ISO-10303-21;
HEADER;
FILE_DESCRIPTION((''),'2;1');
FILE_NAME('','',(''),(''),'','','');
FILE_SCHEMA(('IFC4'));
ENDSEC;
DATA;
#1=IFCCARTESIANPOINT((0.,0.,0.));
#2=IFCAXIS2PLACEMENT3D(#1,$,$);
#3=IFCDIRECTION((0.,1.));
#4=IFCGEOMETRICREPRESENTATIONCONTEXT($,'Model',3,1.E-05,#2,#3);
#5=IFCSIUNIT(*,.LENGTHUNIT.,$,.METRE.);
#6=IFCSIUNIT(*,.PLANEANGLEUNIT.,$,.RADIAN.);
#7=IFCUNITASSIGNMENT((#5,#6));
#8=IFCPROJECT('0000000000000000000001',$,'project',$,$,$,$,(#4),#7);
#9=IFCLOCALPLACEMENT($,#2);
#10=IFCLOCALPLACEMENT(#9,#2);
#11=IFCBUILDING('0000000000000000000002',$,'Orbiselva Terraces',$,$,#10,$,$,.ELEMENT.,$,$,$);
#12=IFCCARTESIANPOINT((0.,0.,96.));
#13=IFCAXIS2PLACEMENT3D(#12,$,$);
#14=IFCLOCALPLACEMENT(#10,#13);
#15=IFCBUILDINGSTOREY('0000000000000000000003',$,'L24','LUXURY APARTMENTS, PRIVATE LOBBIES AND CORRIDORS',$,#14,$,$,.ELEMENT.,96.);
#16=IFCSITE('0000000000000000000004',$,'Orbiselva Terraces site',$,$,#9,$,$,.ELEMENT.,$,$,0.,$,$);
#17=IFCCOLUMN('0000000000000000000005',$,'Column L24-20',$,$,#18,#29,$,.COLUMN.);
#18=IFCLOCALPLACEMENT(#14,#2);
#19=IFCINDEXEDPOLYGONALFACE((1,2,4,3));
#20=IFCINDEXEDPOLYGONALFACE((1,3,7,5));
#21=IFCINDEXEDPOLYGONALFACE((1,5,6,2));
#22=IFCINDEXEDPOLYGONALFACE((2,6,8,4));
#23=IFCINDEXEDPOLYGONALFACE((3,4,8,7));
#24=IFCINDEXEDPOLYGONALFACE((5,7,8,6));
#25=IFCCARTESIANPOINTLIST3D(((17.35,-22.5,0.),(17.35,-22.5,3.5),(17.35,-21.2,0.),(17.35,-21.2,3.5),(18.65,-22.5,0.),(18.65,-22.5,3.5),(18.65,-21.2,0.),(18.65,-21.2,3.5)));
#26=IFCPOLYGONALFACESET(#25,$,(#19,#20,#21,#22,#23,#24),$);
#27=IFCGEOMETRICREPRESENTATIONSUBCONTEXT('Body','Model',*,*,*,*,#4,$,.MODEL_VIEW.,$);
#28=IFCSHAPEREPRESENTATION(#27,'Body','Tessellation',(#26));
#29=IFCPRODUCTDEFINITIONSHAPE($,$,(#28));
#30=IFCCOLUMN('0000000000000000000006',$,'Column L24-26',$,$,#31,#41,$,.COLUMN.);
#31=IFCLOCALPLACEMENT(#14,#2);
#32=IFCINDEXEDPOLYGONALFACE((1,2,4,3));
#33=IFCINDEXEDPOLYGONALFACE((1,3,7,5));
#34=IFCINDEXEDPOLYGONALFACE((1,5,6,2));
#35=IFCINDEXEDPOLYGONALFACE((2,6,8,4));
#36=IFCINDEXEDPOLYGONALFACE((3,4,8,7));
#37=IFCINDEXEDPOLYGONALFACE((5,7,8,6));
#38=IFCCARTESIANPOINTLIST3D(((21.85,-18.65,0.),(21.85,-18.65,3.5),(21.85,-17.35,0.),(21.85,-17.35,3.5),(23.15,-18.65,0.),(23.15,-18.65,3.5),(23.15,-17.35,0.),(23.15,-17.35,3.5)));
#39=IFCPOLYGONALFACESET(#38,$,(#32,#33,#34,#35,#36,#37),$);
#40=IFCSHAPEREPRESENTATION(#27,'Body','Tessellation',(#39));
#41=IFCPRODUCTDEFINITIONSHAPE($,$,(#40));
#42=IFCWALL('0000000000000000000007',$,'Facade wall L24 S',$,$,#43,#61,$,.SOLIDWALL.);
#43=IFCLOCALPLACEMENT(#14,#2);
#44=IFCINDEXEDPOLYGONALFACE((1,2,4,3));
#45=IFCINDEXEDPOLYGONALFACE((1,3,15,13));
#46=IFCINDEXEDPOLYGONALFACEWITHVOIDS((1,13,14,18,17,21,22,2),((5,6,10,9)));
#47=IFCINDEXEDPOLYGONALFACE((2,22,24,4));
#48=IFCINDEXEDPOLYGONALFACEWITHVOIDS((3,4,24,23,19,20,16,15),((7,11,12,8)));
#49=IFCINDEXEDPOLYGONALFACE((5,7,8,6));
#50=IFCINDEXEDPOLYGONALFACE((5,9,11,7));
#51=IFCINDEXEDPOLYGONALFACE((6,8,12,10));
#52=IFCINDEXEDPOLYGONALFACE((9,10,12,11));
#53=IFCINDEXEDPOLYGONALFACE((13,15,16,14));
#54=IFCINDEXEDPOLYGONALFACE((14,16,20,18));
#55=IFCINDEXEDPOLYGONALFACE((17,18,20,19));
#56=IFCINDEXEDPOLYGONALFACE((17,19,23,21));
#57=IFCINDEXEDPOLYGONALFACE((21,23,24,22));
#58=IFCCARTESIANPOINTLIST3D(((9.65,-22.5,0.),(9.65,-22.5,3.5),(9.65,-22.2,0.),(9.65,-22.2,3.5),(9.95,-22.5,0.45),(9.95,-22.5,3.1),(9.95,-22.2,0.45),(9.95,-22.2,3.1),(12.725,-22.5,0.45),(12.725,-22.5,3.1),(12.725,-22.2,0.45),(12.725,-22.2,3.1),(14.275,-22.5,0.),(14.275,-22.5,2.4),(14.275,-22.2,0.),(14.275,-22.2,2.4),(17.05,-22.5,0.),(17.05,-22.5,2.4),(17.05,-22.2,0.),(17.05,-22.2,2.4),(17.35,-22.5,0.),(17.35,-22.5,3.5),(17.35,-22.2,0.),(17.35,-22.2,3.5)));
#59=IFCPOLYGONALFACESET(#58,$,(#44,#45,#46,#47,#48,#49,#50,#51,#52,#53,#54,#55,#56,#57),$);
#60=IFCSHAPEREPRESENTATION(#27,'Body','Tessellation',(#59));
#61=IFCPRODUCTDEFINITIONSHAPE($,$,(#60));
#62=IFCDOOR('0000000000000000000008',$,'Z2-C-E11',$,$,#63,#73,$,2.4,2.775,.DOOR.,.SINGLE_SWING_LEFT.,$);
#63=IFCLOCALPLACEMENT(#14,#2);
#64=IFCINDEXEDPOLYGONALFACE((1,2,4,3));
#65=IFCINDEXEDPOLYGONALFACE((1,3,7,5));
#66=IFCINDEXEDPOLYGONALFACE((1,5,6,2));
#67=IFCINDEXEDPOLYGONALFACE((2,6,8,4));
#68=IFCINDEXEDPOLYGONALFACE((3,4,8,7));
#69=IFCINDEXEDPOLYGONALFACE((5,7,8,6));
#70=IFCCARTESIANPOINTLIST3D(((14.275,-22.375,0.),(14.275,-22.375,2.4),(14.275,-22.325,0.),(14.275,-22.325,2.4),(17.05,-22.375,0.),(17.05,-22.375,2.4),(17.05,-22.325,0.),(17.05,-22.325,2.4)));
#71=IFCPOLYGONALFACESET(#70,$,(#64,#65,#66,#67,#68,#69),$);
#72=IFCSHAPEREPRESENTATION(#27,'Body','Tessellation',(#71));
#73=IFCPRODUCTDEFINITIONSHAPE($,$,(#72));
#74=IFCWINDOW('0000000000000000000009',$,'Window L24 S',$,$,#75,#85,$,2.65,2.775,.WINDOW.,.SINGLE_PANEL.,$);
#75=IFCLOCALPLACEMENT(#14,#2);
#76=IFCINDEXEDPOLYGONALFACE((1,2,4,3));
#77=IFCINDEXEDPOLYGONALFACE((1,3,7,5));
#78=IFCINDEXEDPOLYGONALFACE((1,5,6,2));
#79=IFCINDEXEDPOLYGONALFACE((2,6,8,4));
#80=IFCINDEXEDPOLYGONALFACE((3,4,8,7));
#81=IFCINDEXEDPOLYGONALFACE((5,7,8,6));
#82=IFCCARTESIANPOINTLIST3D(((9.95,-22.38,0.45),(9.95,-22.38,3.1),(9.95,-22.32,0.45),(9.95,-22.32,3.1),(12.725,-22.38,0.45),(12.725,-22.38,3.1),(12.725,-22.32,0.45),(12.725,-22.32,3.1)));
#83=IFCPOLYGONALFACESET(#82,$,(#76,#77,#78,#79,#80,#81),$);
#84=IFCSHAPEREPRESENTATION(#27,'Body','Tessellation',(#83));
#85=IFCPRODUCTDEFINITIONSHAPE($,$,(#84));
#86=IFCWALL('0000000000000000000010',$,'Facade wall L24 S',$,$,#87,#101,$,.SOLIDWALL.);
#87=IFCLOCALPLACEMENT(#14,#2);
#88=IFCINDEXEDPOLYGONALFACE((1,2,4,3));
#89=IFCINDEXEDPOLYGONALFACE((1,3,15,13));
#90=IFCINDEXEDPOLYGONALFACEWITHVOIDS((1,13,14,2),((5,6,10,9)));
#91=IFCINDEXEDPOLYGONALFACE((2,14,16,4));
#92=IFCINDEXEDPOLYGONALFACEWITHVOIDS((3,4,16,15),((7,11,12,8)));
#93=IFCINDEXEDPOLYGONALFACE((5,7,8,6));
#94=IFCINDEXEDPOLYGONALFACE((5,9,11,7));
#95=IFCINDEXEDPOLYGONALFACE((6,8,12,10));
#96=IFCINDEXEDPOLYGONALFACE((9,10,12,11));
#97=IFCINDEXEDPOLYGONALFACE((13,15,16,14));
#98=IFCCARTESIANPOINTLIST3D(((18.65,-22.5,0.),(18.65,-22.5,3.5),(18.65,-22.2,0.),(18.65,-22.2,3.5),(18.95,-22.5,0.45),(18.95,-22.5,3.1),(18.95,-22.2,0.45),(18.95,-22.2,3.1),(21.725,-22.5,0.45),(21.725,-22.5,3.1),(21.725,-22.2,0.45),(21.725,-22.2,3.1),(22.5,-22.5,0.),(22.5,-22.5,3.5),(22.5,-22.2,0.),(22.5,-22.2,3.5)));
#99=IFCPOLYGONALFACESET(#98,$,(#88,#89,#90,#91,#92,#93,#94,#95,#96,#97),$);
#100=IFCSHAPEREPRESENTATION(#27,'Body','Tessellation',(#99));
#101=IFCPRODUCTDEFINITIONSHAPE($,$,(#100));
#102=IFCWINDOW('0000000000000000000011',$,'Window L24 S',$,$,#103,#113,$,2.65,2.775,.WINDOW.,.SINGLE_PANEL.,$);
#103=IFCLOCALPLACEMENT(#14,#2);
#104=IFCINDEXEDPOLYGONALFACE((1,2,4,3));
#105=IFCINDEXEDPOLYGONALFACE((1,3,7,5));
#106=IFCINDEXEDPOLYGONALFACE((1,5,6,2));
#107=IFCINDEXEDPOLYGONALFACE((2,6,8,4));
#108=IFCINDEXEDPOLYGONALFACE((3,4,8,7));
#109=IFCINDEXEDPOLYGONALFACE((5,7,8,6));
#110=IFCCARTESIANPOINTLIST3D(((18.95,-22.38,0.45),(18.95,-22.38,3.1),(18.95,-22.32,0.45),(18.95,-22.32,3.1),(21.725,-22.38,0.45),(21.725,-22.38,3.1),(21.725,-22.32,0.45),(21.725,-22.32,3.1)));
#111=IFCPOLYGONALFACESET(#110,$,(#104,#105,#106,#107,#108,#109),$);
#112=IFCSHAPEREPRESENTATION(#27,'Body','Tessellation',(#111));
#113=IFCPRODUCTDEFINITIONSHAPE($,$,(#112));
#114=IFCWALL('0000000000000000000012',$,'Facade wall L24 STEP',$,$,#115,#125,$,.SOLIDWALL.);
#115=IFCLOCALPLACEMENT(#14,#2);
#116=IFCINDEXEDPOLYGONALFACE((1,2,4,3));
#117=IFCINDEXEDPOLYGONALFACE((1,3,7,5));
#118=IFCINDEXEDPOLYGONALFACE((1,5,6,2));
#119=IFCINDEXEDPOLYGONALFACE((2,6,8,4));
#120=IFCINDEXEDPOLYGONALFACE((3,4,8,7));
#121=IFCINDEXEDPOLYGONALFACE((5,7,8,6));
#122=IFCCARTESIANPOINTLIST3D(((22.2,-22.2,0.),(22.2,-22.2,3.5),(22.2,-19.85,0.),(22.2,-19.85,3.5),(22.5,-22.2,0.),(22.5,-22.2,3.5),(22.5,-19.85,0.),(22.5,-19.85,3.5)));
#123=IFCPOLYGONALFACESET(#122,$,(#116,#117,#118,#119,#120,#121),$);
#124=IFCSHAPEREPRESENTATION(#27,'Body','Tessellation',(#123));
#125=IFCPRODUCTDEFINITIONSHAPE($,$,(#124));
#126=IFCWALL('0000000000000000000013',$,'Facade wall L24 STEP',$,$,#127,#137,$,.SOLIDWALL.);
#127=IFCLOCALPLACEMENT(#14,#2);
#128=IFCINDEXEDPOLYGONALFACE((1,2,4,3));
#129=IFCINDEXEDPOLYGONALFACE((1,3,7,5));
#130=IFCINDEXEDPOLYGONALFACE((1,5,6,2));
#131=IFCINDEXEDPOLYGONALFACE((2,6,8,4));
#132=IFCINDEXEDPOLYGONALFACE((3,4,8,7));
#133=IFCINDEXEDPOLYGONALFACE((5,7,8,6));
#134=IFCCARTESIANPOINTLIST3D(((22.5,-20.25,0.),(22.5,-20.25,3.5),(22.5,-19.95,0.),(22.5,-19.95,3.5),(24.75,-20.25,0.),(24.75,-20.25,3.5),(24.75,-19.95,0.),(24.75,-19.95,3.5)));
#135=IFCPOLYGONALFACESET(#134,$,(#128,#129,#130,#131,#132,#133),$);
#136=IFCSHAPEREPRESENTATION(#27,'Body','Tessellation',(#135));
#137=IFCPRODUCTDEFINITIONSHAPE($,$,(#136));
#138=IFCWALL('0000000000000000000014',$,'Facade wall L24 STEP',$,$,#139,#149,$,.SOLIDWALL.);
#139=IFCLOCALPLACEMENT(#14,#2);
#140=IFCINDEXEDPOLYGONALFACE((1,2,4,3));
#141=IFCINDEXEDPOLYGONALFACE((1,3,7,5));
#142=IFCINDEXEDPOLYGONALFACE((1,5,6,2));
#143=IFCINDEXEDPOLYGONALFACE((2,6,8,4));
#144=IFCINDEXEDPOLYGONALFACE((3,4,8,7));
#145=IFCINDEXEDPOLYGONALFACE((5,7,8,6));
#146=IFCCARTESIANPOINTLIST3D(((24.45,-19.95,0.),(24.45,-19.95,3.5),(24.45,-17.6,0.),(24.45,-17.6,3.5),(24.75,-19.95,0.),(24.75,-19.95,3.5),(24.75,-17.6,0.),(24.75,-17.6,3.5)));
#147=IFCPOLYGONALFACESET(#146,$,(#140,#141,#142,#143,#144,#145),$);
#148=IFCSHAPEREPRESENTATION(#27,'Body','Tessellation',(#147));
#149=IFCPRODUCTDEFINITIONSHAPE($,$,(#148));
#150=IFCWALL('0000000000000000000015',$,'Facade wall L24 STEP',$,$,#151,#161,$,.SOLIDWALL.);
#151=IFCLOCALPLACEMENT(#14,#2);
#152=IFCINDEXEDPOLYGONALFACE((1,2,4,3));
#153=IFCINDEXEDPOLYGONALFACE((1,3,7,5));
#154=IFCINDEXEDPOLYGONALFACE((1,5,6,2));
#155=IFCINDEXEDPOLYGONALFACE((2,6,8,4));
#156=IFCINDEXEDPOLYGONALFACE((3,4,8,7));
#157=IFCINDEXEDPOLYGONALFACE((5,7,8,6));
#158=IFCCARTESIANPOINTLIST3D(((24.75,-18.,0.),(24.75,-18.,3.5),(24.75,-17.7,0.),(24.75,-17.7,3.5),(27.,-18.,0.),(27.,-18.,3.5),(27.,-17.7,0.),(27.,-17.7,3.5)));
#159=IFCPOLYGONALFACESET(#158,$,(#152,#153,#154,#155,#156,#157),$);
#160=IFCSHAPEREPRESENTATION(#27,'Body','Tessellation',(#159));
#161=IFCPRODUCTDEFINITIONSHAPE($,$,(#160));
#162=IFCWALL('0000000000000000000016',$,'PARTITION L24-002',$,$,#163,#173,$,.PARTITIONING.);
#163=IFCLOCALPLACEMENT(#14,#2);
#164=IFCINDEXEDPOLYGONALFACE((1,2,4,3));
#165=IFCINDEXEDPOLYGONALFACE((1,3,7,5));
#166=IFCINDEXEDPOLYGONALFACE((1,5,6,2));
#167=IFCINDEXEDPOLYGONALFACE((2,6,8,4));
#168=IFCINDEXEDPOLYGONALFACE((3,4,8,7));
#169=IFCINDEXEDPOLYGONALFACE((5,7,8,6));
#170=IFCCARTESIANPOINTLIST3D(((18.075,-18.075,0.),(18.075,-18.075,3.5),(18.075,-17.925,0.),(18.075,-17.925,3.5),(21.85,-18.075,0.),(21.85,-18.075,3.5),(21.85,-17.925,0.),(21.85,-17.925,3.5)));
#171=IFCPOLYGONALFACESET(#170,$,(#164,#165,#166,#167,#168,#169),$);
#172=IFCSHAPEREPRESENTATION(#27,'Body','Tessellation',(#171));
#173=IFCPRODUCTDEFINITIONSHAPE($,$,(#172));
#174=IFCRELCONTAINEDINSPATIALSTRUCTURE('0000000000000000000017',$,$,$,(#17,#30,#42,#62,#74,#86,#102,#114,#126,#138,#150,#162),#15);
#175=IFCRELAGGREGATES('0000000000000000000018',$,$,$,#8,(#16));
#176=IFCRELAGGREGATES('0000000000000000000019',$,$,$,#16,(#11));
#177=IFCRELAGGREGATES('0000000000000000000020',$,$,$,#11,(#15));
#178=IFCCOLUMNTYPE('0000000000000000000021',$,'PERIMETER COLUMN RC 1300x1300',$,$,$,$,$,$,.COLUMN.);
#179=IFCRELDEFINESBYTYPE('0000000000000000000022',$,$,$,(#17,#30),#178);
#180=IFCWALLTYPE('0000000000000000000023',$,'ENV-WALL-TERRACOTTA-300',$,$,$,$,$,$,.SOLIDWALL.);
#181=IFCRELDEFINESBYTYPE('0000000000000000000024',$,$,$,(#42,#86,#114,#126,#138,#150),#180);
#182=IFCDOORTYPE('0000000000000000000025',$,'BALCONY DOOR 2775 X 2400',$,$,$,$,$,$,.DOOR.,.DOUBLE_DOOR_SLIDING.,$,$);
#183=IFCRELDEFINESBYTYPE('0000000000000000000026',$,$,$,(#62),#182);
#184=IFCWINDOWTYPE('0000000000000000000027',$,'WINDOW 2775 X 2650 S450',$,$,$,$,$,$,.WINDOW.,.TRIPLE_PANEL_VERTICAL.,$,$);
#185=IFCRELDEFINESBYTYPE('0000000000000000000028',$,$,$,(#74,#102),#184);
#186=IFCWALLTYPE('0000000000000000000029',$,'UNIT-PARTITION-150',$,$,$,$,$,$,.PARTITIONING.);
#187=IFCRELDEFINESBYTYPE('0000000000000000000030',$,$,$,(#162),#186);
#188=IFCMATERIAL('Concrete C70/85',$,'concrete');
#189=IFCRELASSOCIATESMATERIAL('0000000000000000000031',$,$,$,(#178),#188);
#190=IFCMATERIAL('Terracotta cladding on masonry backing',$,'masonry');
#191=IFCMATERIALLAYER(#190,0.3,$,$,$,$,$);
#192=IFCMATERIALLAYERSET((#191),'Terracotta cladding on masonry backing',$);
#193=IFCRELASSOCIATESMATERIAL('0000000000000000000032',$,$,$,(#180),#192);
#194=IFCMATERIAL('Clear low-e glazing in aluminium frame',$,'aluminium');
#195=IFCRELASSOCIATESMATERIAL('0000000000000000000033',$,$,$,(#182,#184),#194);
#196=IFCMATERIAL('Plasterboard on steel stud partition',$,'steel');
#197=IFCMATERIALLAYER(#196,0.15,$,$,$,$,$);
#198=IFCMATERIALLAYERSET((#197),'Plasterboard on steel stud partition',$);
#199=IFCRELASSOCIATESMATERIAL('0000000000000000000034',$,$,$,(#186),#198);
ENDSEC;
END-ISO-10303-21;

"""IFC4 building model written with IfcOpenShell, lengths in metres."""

from ifc_helpers import new_model, si_unit, direction, frame, frame_2d, origin, origin_2d, place, context, subcontext, project, spatial, rectangle, extrude, material, layer, layer_set, material_profile, profile_set, type_object, element, fill, save


model = new_model("IFC4")

# Units and contexts
model_context = context("Model", 3, precision=1e-05, world=origin(), true_north=direction((0.0, 1.0)))
body_context = subcontext(model_context, "Body", "Model", "MODEL_VIEW")
ifc_project = project(units=[si_unit("LENGTHUNIT", "METRE"), si_unit("PLANEANGLEUNIT", "RADIAN")], contexts=[model_context])

# Site, building, storey
site_placement = place(None, origin())
site = spatial("IfcSite", under=ifc_project, at=site_placement, Name="Orbiselva Terraces site", CompositionType="ELEMENT", RefElevation=0.0)
building_placement = place(site_placement, origin())
building = spatial("IfcBuilding", under=site, at=building_placement, Name="Orbiselva Terraces", CompositionType="ELEMENT")
storey_placement = place(building_placement, frame((0.0, 0.0, 96.0)))
storey = spatial("IfcBuildingStorey", under=building, at=storey_placement, Name="L24", Description="LUXURY APARTMENTS, PRIVATE LOBBIES AND CORRIDORS", CompositionType="ELEMENT", Elevation=96.0)

# Columns
ifc_material_1 = material(Name="Concrete C70/85", Category="concrete")
ifc_material_profile = material_profile(ifc_material_1, rectangle(XDim=1.3, YDim=1.3, at=origin_2d()), Name="RC 1300x1300")
ifc_profile_set = profile_set([ifc_material_profile], Name="Concrete C70/85")
column_type = type_object("IfcColumnType", Name="PERIMETER COLUMN RC 1300x1300", PredefinedType="COLUMN", material=ifc_profile_set)
for number, where, z_axis, x_axis, name in (
    (1, (18.0, -21.85, 0.0), (0.0, 0.0, 1.0), (1.0, 0.0, 0.0), "Column L24-20"),
    (2, (22.5, -18.0, 0.0), (0.0, 0.0, 1.0), (1.0, 0.0, 0.0), "Column L24-26"),
):
    element("IfcColumn", number, at=place(storey_placement, frame(where, z_axis=z_axis, x_axis=x_axis)), inside=storey, type_object=column_type, Name=name, PredefinedType="COLUMN", context=body_context, shape_type="SweptSolid", body=[
        extrude(rectangle(XDim=1.3, YDim=1.3, at=origin_2d()), origin(), (0.0, 0.0, 1.0), 3.5),
    ])

# Wall, openings, door, window
ifc_material_2 = material(Name="Terracotta cladding on masonry backing", Category="masonry")
ifc_layer_1 = layer(ifc_material_2, 0.3)
ifc_layer_set_1 = layer_set([ifc_layer_1], Name="Terracotta cladding on masonry backing")
wall_type_1 = type_object("IfcWallType", Name="ENV-WALL-TERRACOTTA-300", PredefinedType="SOLIDWALL", material=ifc_layer_set_1)
wall_1_placement = place(storey_placement, frame((17.35, -22.35, 0.0), z_axis=(0.0, 0.0, 1.0), x_axis=(-1.0, 0.0, 0.0)))
wall_1 = element("IfcWall", 3, at=wall_1_placement, inside=storey, type_object=wall_type_1, Name="Facade wall L24 S", PredefinedType="SOLIDWALL", context=body_context, shape_type="SweptSolid", body=[
    extrude(rectangle(XDim=7.7, YDim=0.3, at=frame_2d((3.85, 0.0))), origin(), (0.0, 0.0, 1.0), 3.5),
])
opening_1_placement = place(wall_1_placement, frame((4.625, 0.0, 0.45)))
opening_1 = element("IfcOpeningElement", 4, at=opening_1_placement, cuts=wall_1, PredefinedType="OPENING", context=body_context, shape_type="SweptSolid", body=[
    extrude(rectangle(XDim=2.775, YDim=2.65, at=frame_2d((1.3875, 1.325))), frame((0.0, 0.16, 0.0), z_axis=(0.0, -1.0, 0.0), x_axis=(1.0, 0.0, 0.0)), (0.0, 0.0, 1.0), 0.32),
])
opening_2_placement = place(wall_1_placement, frame((0.3, 0.0, 0.0)))
opening_2 = element("IfcOpeningElement", 5, at=opening_2_placement, cuts=wall_1, PredefinedType="OPENING", context=body_context, shape_type="SweptSolid", body=[
    extrude(rectangle(XDim=2.775, YDim=2.4, at=frame_2d((1.3875, 1.2))), frame((0.0, 0.16, 0.0), z_axis=(0.0, -1.0, 0.0), x_axis=(1.0, 0.0, 0.0)), (0.0, 0.0, 1.0), 0.32),
])
ifc_material_3 = material(Name="Clear low-e glazing in aluminium frame", Category="aluminium")
door_type_1 = type_object("IfcDoorType", Name="BALCONY DOOR 2775 X 2400", OperationType="DOUBLE_DOOR_SLIDING", PredefinedType="DOOR", material=ifc_material_3)
door_1_placement = place(opening_2_placement, origin())
door_1 = element("IfcDoor", 6, at=door_1_placement, inside=storey, type_object=door_type_1, Name="Z2-C-E11", OperationType="SINGLE_SWING_LEFT", OverallHeight=2.4, OverallWidth=2.775, PredefinedType="DOOR", context=body_context, shape_type="SweptSolid", body=[
    extrude(rectangle(XDim=2.775, YDim=2.4, at=frame_2d((1.3875, 1.2))), frame((0.0, 0.025, 0.0), z_axis=(0.0, -1.0, 0.0), x_axis=(1.0, 0.0, 0.0)), (0.0, 0.0, 1.0), 0.05),
])
fill(opening_2, door_1)
window_type = type_object("IfcWindowType", Name="WINDOW 2775 X 2650 S450", PartitioningType="TRIPLE_PANEL_VERTICAL", PredefinedType="WINDOW", material=ifc_material_3)
window_1_placement = place(opening_1_placement, origin())
window_1 = element("IfcWindow", 7, at=window_1_placement, inside=storey, type_object=window_type, Name="Window L24 S", OverallHeight=2.65, OverallWidth=2.775, PartitioningType="SINGLE_PANEL", PredefinedType="WINDOW", context=body_context, shape_type="SweptSolid", body=[
    extrude(rectangle(XDim=2.775, YDim=2.65, at=frame_2d((1.3875, 1.325))), frame((0.0, 0.03, 0.0), z_axis=(0.0, -1.0, 0.0), x_axis=(1.0, 0.0, 0.0)), (0.0, 0.0, 1.0), 0.06),
])
fill(opening_1, window_1)

# Wall, opening, window
wall_2_placement = place(storey_placement, frame((22.5, -22.35, 0.0), z_axis=(0.0, 0.0, 1.0), x_axis=(-1.0, 0.0, 0.0)))
wall_2 = element("IfcWall", 8, at=wall_2_placement, inside=storey, type_object=wall_type_1, Name="Facade wall L24 S", PredefinedType="SOLIDWALL", context=body_context, shape_type="SweptSolid", body=[
    extrude(rectangle(XDim=3.85, YDim=0.3, at=frame_2d((1.925, 0.0))), origin(), (0.0, 0.0, 1.0), 3.5),
])
opening_3_placement = place(wall_2_placement, frame((0.775, 0.0, 0.45)))
opening_3 = element("IfcOpeningElement", 9, at=opening_3_placement, cuts=wall_2, PredefinedType="OPENING", context=body_context, shape_type="SweptSolid", body=[
    extrude(rectangle(XDim=2.775, YDim=2.65, at=frame_2d((1.3875, 1.325))), frame((0.0, 0.16, 0.0), z_axis=(0.0, -1.0, 0.0), x_axis=(1.0, 0.0, 0.0)), (0.0, 0.0, 1.0), 0.32),
])
window_2_placement = place(opening_3_placement, origin())
window_2 = element("IfcWindow", 10, at=window_2_placement, inside=storey, type_object=window_type, Name="Window L24 S", OverallHeight=2.65, OverallWidth=2.775, PartitioningType="SINGLE_PANEL", PredefinedType="WINDOW", context=body_context, shape_type="SweptSolid", body=[
    extrude(rectangle(XDim=2.775, YDim=2.65, at=frame_2d((1.3875, 1.325))), frame((0.0, 0.03, 0.0), z_axis=(0.0, -1.0, 0.0), x_axis=(1.0, 0.0, 0.0)), (0.0, 0.0, 1.0), 0.06),
])
fill(opening_3, window_2)

# Walls
wall_3_placement = place(storey_placement, frame((22.35, -19.85, 0.0), z_axis=(0.0, 0.0, 1.0), x_axis=(0.0, -1.0, 0.0)))
element("IfcWall", 11, at=wall_3_placement, inside=storey, type_object=wall_type_1, Name="Facade wall L24 STEP", PredefinedType="SOLIDWALL", context=body_context, shape_type="SweptSolid", body=[
    extrude(rectangle(XDim=2.35, YDim=0.3, at=frame_2d((1.175, 0.0))), origin(), (0.0, 0.0, 1.0), 3.5),
])
wall_4_placement = place(storey_placement, frame((24.75, -20.1, 0.0), z_axis=(0.0, 0.0, 1.0), x_axis=(-1.0, 0.0, 0.0)))
element("IfcWall", 12, at=wall_4_placement, inside=storey, type_object=wall_type_1, Name="Facade wall L24 STEP", PredefinedType="SOLIDWALL", context=body_context, shape_type="SweptSolid", body=[
    extrude(rectangle(XDim=2.25, YDim=0.3, at=frame_2d((1.125, 0.0))), origin(), (0.0, 0.0, 1.0), 3.5),
])
wall_5_placement = place(storey_placement, frame((24.6, -17.6, 0.0), z_axis=(0.0, 0.0, 1.0), x_axis=(0.0, -1.0, 0.0)))
element("IfcWall", 13, at=wall_5_placement, inside=storey, type_object=wall_type_1, Name="Facade wall L24 STEP", PredefinedType="SOLIDWALL", context=body_context, shape_type="SweptSolid", body=[
    extrude(rectangle(XDim=2.35, YDim=0.3, at=frame_2d((1.175, 0.0))), origin(), (0.0, 0.0, 1.0), 3.5),
])
wall_6_placement = place(storey_placement, frame((27.0, -17.85, 0.0), z_axis=(0.0, 0.0, 1.0), x_axis=(-1.0, 0.0, 0.0)))
element("IfcWall", 14, at=wall_6_placement, inside=storey, type_object=wall_type_1, Name="Facade wall L24 STEP", PredefinedType="SOLIDWALL", context=body_context, shape_type="SweptSolid", body=[
    extrude(rectangle(XDim=2.25, YDim=0.3, at=frame_2d((1.125, 0.0))), origin(), (0.0, 0.0, 1.0), 3.5),
])
ifc_material_4 = material(Name="Plasterboard on steel stud partition", Category="steel")
ifc_layer_2 = layer(ifc_material_4, 0.15)
ifc_layer_set_2 = layer_set([ifc_layer_2], Name="Plasterboard on steel stud partition")
wall_type_2 = type_object("IfcWallType", Name="UNIT-PARTITION-150", PredefinedType="PARTITIONING", material=ifc_layer_set_2)
wall_7_placement = place(storey_placement, frame((18.075, -18.0, 0.0), z_axis=(0.0, 0.0, 1.0), x_axis=(1.0, 0.0, 0.0)))
element("IfcWall", 15, at=wall_7_placement, inside=storey, type_object=wall_type_2, Name="PARTITION L24-002", PredefinedType="PARTITIONING", context=body_context, shape_type="SweptSolid", body=[
    extrude(rectangle(XDim=3.775, YDim=0.15, at=frame_2d((1.8875, 0.0))), origin(), (0.0, 0.0, 1.0), 3.5),
])

save(model, "model.ifc")
